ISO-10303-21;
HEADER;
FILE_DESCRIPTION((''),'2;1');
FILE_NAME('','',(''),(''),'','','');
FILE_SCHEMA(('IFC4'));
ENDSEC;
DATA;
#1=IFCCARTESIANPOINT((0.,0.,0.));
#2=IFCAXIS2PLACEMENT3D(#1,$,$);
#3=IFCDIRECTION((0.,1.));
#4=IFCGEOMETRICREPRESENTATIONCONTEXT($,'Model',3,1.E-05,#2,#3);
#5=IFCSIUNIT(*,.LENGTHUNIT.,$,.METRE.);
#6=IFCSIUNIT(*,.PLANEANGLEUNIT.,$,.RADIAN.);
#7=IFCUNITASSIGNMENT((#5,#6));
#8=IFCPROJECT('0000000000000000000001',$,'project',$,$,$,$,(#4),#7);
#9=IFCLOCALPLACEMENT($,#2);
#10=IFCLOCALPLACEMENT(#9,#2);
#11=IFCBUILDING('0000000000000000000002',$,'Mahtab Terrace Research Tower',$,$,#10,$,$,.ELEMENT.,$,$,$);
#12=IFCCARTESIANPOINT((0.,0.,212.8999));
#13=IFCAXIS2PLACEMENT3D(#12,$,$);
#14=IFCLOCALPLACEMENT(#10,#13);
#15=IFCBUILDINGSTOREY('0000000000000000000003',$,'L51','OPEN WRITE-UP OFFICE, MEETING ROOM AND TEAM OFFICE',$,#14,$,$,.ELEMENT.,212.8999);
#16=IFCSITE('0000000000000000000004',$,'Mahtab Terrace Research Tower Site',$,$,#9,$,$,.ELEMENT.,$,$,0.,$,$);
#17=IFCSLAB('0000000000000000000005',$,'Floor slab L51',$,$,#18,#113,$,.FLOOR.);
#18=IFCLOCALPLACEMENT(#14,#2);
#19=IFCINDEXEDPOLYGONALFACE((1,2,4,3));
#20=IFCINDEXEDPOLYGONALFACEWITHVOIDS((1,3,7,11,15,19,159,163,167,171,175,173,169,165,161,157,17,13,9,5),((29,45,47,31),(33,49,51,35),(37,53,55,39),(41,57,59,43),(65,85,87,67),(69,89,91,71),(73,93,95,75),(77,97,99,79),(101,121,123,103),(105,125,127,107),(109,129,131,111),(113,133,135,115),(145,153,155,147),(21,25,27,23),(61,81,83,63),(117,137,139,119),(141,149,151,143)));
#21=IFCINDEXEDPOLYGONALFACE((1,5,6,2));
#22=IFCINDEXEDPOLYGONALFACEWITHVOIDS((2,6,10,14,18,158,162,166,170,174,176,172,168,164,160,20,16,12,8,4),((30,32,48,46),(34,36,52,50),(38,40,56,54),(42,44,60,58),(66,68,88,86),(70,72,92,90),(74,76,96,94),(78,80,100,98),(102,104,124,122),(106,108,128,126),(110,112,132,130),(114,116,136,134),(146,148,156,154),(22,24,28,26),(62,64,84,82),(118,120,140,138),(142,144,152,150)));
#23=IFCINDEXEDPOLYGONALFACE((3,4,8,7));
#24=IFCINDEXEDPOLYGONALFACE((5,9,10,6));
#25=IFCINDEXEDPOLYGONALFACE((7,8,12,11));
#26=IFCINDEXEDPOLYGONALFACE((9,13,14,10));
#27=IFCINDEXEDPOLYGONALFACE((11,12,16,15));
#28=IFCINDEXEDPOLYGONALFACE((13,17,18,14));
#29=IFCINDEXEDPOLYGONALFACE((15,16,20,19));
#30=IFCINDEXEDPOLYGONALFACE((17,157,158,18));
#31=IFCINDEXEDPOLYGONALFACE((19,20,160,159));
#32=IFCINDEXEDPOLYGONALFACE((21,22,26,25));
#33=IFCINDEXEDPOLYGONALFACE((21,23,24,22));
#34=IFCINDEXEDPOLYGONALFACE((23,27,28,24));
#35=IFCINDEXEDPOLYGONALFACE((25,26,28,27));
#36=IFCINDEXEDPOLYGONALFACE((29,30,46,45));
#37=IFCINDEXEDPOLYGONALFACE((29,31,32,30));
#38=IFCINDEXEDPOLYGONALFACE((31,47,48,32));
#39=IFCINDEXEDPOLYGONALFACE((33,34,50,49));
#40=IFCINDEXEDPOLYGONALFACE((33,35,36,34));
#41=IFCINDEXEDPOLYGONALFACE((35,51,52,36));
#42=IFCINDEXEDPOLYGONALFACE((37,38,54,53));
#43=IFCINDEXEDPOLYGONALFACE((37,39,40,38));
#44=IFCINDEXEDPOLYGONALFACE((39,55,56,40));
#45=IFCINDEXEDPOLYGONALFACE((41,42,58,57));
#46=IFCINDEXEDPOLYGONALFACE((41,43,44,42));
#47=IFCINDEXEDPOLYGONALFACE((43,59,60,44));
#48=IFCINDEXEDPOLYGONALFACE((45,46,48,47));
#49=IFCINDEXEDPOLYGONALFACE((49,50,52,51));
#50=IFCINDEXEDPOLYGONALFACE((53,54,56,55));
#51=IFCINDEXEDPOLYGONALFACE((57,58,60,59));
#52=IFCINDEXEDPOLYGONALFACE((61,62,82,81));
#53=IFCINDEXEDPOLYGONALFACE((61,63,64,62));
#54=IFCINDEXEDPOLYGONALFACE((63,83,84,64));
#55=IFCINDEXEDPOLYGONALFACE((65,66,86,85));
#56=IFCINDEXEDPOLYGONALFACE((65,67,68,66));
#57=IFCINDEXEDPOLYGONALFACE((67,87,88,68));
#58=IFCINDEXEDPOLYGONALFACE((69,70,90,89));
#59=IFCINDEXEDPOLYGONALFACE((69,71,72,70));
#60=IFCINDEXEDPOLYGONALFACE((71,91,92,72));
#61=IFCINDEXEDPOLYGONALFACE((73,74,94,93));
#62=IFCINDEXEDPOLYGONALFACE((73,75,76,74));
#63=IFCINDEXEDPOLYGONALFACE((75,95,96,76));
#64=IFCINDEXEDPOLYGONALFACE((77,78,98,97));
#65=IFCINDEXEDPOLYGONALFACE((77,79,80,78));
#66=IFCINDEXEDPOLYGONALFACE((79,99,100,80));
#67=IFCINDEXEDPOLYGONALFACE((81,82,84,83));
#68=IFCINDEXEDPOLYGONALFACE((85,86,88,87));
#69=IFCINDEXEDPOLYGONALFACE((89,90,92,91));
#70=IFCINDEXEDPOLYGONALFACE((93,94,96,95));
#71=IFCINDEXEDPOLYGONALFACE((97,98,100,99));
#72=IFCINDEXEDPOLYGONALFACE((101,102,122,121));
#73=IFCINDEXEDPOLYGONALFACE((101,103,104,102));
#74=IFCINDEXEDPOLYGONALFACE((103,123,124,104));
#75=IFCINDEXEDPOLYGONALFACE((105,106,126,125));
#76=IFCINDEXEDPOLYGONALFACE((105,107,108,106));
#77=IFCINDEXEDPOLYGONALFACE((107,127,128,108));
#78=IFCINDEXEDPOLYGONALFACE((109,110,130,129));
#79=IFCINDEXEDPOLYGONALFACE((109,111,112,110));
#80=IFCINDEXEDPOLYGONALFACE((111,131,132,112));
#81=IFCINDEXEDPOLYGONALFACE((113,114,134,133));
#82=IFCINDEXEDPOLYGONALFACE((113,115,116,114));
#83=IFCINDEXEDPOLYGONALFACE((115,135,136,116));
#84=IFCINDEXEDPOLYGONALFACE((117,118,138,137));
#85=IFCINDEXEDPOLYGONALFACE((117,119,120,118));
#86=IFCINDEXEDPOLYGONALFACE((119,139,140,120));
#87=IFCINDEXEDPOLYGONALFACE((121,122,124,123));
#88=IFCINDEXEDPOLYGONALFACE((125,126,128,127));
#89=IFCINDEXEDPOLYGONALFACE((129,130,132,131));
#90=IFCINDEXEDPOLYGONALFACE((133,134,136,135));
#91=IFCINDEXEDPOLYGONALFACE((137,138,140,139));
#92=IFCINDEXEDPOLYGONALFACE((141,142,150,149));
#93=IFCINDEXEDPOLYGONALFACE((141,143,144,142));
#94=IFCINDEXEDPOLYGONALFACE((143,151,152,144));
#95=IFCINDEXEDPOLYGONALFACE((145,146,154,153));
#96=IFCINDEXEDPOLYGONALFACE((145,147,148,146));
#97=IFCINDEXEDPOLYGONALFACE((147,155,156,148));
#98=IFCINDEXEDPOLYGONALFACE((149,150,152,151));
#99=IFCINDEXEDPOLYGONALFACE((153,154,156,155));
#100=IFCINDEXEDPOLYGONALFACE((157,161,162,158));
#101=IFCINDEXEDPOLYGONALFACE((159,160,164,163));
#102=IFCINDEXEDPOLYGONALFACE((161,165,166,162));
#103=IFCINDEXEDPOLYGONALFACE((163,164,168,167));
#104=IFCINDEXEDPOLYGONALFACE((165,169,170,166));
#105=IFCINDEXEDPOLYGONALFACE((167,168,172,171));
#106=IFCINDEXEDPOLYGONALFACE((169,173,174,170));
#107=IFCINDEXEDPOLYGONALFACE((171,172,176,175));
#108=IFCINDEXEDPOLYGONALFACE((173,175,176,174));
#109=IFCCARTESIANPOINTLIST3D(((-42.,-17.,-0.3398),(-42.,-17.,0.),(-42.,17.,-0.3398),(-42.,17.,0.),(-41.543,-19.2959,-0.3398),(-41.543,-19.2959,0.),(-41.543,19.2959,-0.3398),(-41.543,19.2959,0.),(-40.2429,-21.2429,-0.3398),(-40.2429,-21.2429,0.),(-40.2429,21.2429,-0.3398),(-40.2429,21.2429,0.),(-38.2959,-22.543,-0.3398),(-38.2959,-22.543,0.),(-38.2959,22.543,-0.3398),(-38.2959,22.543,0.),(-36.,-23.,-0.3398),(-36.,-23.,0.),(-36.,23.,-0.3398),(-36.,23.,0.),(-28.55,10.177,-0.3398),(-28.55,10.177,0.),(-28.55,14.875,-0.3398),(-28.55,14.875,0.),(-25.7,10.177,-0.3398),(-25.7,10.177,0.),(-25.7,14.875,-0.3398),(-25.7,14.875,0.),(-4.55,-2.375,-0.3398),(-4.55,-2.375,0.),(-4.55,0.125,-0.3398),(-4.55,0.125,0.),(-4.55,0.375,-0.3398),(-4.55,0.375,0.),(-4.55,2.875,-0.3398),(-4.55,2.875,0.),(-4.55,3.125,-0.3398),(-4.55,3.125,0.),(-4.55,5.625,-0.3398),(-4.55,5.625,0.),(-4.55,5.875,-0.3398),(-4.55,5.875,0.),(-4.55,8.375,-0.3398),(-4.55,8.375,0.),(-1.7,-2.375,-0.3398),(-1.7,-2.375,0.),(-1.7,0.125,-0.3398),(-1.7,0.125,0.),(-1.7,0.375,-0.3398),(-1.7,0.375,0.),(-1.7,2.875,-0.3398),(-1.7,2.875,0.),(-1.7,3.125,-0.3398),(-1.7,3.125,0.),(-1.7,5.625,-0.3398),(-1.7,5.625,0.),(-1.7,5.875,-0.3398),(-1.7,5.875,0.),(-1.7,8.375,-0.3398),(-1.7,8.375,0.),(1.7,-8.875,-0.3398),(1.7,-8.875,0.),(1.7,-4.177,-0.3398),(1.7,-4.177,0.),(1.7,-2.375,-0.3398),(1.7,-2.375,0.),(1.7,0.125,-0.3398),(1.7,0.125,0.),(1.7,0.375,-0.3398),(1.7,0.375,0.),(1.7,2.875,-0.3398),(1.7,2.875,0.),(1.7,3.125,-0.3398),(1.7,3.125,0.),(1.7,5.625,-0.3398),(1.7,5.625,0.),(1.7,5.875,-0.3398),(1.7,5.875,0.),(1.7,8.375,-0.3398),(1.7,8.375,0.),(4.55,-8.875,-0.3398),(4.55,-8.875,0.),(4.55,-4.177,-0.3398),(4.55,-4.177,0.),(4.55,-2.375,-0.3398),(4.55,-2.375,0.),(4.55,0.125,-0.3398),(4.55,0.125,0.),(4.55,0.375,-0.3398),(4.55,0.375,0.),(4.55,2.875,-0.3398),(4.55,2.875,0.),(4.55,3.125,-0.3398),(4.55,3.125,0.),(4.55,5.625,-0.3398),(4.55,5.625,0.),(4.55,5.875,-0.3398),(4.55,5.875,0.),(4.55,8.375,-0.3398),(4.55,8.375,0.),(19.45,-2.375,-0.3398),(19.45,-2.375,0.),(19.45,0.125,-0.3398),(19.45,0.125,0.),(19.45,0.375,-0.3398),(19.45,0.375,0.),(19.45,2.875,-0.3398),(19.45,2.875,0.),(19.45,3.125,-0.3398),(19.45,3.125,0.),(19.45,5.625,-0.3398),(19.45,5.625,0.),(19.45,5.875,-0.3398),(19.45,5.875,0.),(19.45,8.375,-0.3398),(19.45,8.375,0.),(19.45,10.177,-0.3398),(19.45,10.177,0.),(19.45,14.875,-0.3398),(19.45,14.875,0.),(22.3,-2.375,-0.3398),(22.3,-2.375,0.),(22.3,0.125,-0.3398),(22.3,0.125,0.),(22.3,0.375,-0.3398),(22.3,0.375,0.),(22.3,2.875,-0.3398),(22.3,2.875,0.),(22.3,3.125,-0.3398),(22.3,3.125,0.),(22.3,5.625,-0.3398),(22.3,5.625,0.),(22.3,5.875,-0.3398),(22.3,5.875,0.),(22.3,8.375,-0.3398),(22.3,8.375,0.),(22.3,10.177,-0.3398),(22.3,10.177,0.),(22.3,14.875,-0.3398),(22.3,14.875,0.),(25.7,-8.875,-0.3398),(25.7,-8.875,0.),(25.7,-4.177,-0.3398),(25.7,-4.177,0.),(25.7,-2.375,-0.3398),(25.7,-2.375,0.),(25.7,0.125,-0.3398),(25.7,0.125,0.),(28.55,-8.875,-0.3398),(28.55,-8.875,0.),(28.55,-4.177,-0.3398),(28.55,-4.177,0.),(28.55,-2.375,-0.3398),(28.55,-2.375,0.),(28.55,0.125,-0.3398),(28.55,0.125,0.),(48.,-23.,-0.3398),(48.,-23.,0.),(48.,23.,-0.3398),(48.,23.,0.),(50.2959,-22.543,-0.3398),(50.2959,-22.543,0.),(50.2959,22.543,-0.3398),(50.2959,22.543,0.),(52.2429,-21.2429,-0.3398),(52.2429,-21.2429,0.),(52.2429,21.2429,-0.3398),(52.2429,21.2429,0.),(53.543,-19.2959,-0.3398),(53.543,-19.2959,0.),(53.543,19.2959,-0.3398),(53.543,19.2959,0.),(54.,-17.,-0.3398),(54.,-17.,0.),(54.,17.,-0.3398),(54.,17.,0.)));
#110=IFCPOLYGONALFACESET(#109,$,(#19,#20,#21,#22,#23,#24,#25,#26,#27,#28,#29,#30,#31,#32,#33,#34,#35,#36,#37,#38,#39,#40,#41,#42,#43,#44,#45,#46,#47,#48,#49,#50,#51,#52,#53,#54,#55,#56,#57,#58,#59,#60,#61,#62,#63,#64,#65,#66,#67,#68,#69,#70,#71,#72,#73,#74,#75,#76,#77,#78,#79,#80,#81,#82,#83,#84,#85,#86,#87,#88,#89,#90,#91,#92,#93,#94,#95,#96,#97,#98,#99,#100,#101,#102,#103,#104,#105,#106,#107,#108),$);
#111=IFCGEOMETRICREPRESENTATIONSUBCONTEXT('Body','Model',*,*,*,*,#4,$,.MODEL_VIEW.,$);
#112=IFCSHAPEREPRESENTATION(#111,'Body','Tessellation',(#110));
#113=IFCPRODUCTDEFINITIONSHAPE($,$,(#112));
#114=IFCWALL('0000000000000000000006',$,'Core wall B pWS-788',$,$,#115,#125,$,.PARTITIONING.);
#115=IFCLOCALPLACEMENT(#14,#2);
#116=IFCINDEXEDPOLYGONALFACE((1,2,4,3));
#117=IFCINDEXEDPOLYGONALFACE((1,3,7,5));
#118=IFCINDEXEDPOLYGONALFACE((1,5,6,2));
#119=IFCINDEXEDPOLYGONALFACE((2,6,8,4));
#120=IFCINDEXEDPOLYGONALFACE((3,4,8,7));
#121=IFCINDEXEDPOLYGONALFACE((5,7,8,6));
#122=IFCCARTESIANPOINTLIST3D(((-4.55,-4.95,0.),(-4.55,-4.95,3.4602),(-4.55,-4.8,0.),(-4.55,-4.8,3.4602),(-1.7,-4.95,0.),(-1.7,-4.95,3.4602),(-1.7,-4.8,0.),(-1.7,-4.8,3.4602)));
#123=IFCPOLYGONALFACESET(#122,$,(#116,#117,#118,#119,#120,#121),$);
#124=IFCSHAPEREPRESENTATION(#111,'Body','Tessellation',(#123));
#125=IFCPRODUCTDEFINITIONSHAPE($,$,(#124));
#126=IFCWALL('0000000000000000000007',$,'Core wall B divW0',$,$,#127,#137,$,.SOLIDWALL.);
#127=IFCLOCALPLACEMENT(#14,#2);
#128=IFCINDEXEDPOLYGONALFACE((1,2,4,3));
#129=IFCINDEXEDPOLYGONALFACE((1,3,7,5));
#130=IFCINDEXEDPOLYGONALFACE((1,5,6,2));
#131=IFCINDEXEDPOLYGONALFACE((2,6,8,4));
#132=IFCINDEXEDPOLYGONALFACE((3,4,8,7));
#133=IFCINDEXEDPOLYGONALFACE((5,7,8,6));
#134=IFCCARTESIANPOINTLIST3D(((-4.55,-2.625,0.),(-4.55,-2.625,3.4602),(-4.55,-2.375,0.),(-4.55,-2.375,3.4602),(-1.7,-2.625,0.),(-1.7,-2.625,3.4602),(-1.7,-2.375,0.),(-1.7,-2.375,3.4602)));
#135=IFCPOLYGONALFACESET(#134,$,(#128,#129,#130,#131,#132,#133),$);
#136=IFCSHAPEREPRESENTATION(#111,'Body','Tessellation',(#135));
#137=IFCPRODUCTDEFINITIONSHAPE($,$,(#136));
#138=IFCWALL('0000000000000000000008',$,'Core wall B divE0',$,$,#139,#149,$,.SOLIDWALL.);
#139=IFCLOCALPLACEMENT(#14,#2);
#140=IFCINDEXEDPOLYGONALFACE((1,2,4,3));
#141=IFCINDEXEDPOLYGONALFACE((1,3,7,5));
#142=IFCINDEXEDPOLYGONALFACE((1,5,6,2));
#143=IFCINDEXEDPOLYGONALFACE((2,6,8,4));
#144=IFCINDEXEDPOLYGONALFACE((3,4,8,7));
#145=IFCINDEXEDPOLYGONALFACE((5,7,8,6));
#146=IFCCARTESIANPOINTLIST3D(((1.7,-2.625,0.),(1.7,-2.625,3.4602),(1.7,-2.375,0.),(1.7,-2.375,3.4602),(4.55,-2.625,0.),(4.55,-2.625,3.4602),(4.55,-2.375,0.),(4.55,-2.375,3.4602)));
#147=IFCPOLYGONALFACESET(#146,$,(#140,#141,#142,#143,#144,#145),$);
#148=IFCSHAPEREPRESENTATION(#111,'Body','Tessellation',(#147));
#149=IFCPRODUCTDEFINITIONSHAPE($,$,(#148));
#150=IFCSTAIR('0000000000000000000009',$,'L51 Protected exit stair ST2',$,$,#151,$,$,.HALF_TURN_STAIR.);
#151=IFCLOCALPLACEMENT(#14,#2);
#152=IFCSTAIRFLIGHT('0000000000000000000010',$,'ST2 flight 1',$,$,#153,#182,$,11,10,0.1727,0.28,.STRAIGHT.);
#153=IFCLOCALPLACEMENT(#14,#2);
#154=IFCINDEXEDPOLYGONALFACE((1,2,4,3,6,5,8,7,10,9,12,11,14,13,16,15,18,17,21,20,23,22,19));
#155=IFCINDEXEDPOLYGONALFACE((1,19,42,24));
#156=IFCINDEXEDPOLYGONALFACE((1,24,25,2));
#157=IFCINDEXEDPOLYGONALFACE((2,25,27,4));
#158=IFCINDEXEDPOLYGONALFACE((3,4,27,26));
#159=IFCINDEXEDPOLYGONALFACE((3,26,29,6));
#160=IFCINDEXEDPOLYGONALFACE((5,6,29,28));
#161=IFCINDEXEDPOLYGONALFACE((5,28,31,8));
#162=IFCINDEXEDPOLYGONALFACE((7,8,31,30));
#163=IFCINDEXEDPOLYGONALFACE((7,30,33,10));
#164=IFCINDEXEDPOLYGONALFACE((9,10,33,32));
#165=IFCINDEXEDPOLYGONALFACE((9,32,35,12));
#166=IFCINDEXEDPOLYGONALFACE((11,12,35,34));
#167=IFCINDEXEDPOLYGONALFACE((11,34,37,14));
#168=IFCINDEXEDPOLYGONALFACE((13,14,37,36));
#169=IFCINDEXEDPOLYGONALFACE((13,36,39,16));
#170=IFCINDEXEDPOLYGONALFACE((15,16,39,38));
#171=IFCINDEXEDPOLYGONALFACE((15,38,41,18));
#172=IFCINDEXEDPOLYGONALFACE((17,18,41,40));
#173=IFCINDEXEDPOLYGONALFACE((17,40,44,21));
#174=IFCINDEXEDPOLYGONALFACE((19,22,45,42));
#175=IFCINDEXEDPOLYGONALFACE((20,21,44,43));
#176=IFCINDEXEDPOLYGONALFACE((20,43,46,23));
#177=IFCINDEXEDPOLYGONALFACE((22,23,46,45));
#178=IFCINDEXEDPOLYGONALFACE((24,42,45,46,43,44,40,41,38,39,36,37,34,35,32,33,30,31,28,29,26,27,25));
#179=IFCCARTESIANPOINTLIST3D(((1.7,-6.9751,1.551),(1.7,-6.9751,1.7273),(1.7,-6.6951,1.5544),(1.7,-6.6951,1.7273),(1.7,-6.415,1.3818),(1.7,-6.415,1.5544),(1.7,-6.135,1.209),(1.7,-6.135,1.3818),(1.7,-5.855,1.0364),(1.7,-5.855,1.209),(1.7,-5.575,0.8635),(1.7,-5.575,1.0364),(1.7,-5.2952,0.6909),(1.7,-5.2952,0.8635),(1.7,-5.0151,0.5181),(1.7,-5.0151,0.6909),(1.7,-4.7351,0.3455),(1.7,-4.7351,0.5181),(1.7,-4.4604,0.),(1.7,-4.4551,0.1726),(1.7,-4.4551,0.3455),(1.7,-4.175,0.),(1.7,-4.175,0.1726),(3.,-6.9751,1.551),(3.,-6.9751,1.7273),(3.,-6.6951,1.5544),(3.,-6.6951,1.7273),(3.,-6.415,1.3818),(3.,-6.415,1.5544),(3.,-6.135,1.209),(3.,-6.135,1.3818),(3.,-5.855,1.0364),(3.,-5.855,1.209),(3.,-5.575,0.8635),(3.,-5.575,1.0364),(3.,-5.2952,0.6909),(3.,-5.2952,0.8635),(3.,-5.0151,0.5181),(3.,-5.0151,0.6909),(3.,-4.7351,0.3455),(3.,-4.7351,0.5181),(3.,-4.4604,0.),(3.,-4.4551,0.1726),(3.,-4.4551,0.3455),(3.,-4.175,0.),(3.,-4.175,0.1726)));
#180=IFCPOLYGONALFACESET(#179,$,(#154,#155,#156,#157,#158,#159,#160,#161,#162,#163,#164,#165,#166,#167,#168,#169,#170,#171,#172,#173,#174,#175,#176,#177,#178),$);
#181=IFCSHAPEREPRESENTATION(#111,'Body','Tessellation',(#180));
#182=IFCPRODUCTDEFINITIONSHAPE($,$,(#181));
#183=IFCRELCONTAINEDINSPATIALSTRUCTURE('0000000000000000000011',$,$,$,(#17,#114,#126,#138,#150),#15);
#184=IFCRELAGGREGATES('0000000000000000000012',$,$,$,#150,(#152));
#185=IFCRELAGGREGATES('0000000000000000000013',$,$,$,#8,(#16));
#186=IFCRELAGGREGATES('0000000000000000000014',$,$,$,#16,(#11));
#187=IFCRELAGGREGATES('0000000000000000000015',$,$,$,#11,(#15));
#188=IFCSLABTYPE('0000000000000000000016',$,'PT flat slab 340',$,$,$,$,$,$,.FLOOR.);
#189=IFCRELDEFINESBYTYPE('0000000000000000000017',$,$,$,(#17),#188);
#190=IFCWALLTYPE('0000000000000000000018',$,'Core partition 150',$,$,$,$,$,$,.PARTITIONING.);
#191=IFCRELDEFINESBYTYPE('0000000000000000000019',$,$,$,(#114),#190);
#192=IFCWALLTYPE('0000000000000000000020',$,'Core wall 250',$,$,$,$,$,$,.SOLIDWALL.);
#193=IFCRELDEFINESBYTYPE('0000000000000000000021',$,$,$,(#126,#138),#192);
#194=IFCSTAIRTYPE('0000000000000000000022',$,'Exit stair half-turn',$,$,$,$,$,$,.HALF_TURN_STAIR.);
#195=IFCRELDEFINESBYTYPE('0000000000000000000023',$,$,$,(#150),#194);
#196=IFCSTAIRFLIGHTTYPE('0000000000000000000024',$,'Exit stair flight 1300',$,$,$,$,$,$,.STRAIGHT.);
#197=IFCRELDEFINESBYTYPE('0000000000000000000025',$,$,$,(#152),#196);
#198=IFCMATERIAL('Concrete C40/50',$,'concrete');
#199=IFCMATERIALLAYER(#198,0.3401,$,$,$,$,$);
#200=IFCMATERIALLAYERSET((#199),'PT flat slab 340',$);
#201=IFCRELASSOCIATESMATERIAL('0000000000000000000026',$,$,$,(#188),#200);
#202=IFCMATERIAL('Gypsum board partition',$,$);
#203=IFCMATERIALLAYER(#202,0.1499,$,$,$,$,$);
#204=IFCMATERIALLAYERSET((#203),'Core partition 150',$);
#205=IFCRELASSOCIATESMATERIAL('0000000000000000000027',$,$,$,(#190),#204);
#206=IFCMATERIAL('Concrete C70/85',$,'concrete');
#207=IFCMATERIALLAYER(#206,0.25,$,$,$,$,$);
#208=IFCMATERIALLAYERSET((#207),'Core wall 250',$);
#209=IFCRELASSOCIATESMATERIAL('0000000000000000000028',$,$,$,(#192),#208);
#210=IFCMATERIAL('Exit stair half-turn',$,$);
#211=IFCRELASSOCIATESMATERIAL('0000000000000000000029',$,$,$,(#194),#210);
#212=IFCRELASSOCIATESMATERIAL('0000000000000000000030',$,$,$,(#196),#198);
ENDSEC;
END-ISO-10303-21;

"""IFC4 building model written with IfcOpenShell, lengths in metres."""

from ifc_helpers import new_model, si_unit, direction, frame, frame_2d, origin, place, context, subcontext, project, spatial, polyline, rectangle, outline, extrude, material, layer, layer_set, type_object, element, aggregate, save


model = new_model("IFC4")

# Units and contexts
model_context = context("Model", 3, precision=1e-05, world=origin(), true_north=direction((0.0, 1.0)))
body_context = subcontext(model_context, "Body", "Model", "MODEL_VIEW")
ifc_project = project(units=[si_unit("LENGTHUNIT", "METRE"), si_unit("PLANEANGLEUNIT", "RADIAN")], contexts=[model_context])

# Site, building, storey
site_placement = place(None, origin())
site = spatial("IfcSite", under=ifc_project, at=site_placement, Name="Mahtab Terrace Research Tower Site", CompositionType="ELEMENT", RefElevation=0.0)
building_placement = place(site_placement, origin())
building = spatial("IfcBuilding", under=site, at=building_placement, Name="Mahtab Terrace Research Tower", CompositionType="ELEMENT")
storey_placement = place(building_placement, frame((0.0, 0.0, 212.8999)))
storey = spatial("IfcBuildingStorey", under=building, at=storey_placement, Name="L51", Description="OPEN WRITE-UP OFFICE, MEETING ROOM AND TEAM OFFICE", CompositionType="ELEMENT", Elevation=212.8999)

# Slab
ifc_material_1 = material(Name="Concrete C40/50", Category="concrete")
ifc_layer_1 = layer(ifc_material_1, 0.3401)
ifc_layer_set_1 = layer_set([ifc_layer_1], Name="PT flat slab 340")
slab_type = type_object("IfcSlabType", Name="PT flat slab 340", PredefinedType="FLOOR", material=ifc_layer_set_1)
slab_placement = place(storey_placement, frame((0.0, 0.0, -0.3398)))
element("IfcSlab", 1, at=slab_placement, inside=storey, type_object=slab_type, Name="Floor slab L51", PredefinedType="FLOOR", context=body_context, shape_type="SweptSolid", body=[
    extrude(outline(polyline([(53.543, 19.2959), (52.2429, 21.2429), (50.2959, 22.543), (48.0, 23.0), (-36.0, 23.0), (-38.2959, 22.543), (-40.2429, 21.2429), (-41.543, 19.2959), (-42.0, 17.0), (-42.0, -17.0), (-41.543, -19.2959), (-40.2429, -21.2429), (-38.2959, -22.543), (-36.0, -23.0), (48.0, -23.0), (50.2959, -22.543), (52.2429, -21.2429), (53.543, -19.2959), (54.0, -17.0), (54.0, 17.0), (53.543, 19.2959)]), holes=[polyline([(-4.55, -2.375), (-4.55, 0.125), (-1.7, 0.125), (-1.7, -2.375), (-4.55, -2.375)]), polyline([(1.7, -2.375), (1.7, 0.125), (4.55, 0.125), (4.55, -2.375), (1.7, -2.375)]), polyline([(-4.55, 0.375), (-4.55, 2.875), (-1.7, 2.875), (-1.7, 0.375), (-4.55, 0.375)]), polyline([(1.7, 0.375), (1.7, 2.875), (4.55, 2.875), (4.55, 0.375), (1.7, 0.375)]), polyline([(-4.55, 3.125), (-4.55, 5.625), (-1.7, 5.625), (-1.7, 3.125), (-4.55, 3.125)]), polyline([(1.7, 3.125), (1.7, 5.625), (4.55, 5.625), (4.55, 3.125), (1.7, 3.125)]), polyline([(-4.55, 5.875), (-4.55, 8.375), (-1.7, 8.375), (-1.7, 5.875), (-4.55, 5.875)]), polyline([(1.7, 5.875), (1.7, 8.375), (4.55, 8.375), (4.55, 5.875), (1.7, 5.875)]), polyline([(-28.55, 10.177), (-28.55, 14.875), (-25.7, 14.875), (-25.7, 10.177), (-28.55, 10.177)]), polyline([(1.7, -8.875), (1.7, -4.177), (4.55, -4.177), (4.55, -8.875), (1.7, -8.875)]), polyline([(25.7, -8.875), (25.7, -4.177), (28.55, -4.177), (28.55, -8.875), (25.7, -8.875)]), polyline([(19.45, -2.375), (19.45, 0.125), (22.3, 0.125), (22.3, -2.375), (19.45, -2.375)]), polyline([(25.7, -2.375), (25.7, 0.125), (28.55, 0.125), (28.55, -2.375), (25.7, -2.375)]), polyline([(19.45, 0.375), (19.45, 2.875), (22.3, 2.875), (22.3, 0.375), (19.45, 0.375)]), polyline([(19.45, 3.125), (19.45, 5.625), (22.3, 5.625), (22.3, 3.125), (19.45, 3.125)]), polyline([(19.45, 8.375), (22.3, 8.375), (22.3, 5.875), (19.45, 5.875), (19.45, 8.375)]), polyline([(19.45, 14.875), (22.3, 14.875), (22.3, 10.177), (19.45, 10.177), (19.45, 14.875)])]), origin(), (0.0, 0.0, 1.0), 0.3398),
])

# Walls
ifc_material_2 = material(Name="Gypsum board partition")
ifc_layer_2 = layer(ifc_material_2, 0.1499)
ifc_layer_set_2 = layer_set([ifc_layer_2], Name="Core partition 150")
wall_type_1 = type_object("IfcWallType", Name="Core partition 150", PredefinedType="PARTITIONING", material=ifc_layer_set_2)
wall_placement = place(storey_placement, frame((-4.55, -4.875, 0.0), z_axis=(0.0, 0.0, 1.0), x_axis=(1.0, 0.0, 0.0)))
element("IfcWall", 2, at=wall_placement, inside=storey, type_object=wall_type_1, Name="Core wall B pWS-788", PredefinedType="PARTITIONING", context=body_context, shape_type="SweptSolid", body=[
    extrude(rectangle(XDim=2.8501, YDim=0.1499, at=frame_2d((1.425, 0.0))), origin(), (0.0, 0.0, 1.0), 3.4602),
])
ifc_material_3 = material(Name="Concrete C70/85", Category="concrete")
ifc_layer_3 = layer(ifc_material_3, 0.25)
ifc_layer_set_3 = layer_set([ifc_layer_3], Name="Core wall 250")
wall_type_2 = type_object("IfcWallType", Name="Core wall 250", PredefinedType="SOLIDWALL", material=ifc_layer_set_3)
for number, where, z_axis, x_axis, name in (
    (3, (-4.55, -2.5, 0.0), (0.0, 0.0, 1.0), (1.0, 0.0, 0.0), "Core wall B divW0"),
    (4, (1.7, -2.5, 0.0), (0.0, 0.0, 1.0), (1.0, 0.0, 0.0), "Core wall B divE0"),
):
    element("IfcWall", number, at=place(storey_placement, frame(where, z_axis=z_axis, x_axis=x_axis)), inside=storey, type_object=wall_type_2, Name=name, PredefinedType="SOLIDWALL", context=body_context, shape_type="SweptSolid", body=[
        extrude(rectangle(XDim=2.8501, YDim=0.25, at=frame_2d((1.425, 0.0))), origin(), (0.0, 0.0, 1.0), 3.4602),
    ])

# Stair, stair flight
ifc_material_4 = material(Name="Exit stair half-turn")
stair_type = type_object("IfcStairType", Name="Exit stair half-turn", PredefinedType="HALF_TURN_STAIR", material=ifc_material_4)
stair_placement = place(storey_placement, origin())
stair = element("IfcStair", 5, at=stair_placement, inside=storey, type_object=stair_type, Name="L51 Protected exit stair ST2", PredefinedType="HALF_TURN_STAIR")
stair_flight_type = type_object("IfcStairFlightType", Name="Exit stair flight 1300", PredefinedType="STRAIGHT", material=ifc_material_1)
stair_flight_1_placement = place(storey_placement, frame((2.3501, -4.175, 0.0), z_axis=(0.0, 0.0, 1.0), x_axis=(0.0, -1.0, 0.0)))
stair_flight_1 = element("IfcStairFlight", 6, at=stair_flight_1_placement, type_object=stair_flight_type, Name="ST2 flight 1", NumberOfRisers=11, NumberOfTreads=10, PredefinedType="STRAIGHT", RiserHeight=0.1727, TreadLength=0.28, context=body_context, shape_type="SweptSolid", body=[
    extrude(outline(polyline([(0.0, 0.0), (0.0, 0.1726), (0.28, 0.1726), (0.28, 0.3455), (0.5601, 0.3455), (0.5601, 0.5181), (0.8401, 0.5181), (0.8401, 0.6909), (1.1201, 0.6909), (1.1201, 0.8635), (1.3999, 0.8635), (1.3999, 1.0364), (1.6799, 1.0364), (1.6799, 1.209), (1.96, 1.209), (1.96, 1.3818), (2.24, 1.3818), (2.24, 1.5544), (2.52, 1.5544), (2.52, 1.7273), (2.8, 1.7273), (2.8, 1.8999), (2.8, 1.551), (0.2854, 0.0), (0.0, 0.0)])), frame((0.0, 0.6499, 0.0), z_axis=(0.0, -1.0, 0.0), x_axis=(1.0, 0.0, 0.0)), (0.0, 0.0, 1.0), 1.3),
])
aggregate(stair, [stair_flight_1])

save(model, "model.ifc")
